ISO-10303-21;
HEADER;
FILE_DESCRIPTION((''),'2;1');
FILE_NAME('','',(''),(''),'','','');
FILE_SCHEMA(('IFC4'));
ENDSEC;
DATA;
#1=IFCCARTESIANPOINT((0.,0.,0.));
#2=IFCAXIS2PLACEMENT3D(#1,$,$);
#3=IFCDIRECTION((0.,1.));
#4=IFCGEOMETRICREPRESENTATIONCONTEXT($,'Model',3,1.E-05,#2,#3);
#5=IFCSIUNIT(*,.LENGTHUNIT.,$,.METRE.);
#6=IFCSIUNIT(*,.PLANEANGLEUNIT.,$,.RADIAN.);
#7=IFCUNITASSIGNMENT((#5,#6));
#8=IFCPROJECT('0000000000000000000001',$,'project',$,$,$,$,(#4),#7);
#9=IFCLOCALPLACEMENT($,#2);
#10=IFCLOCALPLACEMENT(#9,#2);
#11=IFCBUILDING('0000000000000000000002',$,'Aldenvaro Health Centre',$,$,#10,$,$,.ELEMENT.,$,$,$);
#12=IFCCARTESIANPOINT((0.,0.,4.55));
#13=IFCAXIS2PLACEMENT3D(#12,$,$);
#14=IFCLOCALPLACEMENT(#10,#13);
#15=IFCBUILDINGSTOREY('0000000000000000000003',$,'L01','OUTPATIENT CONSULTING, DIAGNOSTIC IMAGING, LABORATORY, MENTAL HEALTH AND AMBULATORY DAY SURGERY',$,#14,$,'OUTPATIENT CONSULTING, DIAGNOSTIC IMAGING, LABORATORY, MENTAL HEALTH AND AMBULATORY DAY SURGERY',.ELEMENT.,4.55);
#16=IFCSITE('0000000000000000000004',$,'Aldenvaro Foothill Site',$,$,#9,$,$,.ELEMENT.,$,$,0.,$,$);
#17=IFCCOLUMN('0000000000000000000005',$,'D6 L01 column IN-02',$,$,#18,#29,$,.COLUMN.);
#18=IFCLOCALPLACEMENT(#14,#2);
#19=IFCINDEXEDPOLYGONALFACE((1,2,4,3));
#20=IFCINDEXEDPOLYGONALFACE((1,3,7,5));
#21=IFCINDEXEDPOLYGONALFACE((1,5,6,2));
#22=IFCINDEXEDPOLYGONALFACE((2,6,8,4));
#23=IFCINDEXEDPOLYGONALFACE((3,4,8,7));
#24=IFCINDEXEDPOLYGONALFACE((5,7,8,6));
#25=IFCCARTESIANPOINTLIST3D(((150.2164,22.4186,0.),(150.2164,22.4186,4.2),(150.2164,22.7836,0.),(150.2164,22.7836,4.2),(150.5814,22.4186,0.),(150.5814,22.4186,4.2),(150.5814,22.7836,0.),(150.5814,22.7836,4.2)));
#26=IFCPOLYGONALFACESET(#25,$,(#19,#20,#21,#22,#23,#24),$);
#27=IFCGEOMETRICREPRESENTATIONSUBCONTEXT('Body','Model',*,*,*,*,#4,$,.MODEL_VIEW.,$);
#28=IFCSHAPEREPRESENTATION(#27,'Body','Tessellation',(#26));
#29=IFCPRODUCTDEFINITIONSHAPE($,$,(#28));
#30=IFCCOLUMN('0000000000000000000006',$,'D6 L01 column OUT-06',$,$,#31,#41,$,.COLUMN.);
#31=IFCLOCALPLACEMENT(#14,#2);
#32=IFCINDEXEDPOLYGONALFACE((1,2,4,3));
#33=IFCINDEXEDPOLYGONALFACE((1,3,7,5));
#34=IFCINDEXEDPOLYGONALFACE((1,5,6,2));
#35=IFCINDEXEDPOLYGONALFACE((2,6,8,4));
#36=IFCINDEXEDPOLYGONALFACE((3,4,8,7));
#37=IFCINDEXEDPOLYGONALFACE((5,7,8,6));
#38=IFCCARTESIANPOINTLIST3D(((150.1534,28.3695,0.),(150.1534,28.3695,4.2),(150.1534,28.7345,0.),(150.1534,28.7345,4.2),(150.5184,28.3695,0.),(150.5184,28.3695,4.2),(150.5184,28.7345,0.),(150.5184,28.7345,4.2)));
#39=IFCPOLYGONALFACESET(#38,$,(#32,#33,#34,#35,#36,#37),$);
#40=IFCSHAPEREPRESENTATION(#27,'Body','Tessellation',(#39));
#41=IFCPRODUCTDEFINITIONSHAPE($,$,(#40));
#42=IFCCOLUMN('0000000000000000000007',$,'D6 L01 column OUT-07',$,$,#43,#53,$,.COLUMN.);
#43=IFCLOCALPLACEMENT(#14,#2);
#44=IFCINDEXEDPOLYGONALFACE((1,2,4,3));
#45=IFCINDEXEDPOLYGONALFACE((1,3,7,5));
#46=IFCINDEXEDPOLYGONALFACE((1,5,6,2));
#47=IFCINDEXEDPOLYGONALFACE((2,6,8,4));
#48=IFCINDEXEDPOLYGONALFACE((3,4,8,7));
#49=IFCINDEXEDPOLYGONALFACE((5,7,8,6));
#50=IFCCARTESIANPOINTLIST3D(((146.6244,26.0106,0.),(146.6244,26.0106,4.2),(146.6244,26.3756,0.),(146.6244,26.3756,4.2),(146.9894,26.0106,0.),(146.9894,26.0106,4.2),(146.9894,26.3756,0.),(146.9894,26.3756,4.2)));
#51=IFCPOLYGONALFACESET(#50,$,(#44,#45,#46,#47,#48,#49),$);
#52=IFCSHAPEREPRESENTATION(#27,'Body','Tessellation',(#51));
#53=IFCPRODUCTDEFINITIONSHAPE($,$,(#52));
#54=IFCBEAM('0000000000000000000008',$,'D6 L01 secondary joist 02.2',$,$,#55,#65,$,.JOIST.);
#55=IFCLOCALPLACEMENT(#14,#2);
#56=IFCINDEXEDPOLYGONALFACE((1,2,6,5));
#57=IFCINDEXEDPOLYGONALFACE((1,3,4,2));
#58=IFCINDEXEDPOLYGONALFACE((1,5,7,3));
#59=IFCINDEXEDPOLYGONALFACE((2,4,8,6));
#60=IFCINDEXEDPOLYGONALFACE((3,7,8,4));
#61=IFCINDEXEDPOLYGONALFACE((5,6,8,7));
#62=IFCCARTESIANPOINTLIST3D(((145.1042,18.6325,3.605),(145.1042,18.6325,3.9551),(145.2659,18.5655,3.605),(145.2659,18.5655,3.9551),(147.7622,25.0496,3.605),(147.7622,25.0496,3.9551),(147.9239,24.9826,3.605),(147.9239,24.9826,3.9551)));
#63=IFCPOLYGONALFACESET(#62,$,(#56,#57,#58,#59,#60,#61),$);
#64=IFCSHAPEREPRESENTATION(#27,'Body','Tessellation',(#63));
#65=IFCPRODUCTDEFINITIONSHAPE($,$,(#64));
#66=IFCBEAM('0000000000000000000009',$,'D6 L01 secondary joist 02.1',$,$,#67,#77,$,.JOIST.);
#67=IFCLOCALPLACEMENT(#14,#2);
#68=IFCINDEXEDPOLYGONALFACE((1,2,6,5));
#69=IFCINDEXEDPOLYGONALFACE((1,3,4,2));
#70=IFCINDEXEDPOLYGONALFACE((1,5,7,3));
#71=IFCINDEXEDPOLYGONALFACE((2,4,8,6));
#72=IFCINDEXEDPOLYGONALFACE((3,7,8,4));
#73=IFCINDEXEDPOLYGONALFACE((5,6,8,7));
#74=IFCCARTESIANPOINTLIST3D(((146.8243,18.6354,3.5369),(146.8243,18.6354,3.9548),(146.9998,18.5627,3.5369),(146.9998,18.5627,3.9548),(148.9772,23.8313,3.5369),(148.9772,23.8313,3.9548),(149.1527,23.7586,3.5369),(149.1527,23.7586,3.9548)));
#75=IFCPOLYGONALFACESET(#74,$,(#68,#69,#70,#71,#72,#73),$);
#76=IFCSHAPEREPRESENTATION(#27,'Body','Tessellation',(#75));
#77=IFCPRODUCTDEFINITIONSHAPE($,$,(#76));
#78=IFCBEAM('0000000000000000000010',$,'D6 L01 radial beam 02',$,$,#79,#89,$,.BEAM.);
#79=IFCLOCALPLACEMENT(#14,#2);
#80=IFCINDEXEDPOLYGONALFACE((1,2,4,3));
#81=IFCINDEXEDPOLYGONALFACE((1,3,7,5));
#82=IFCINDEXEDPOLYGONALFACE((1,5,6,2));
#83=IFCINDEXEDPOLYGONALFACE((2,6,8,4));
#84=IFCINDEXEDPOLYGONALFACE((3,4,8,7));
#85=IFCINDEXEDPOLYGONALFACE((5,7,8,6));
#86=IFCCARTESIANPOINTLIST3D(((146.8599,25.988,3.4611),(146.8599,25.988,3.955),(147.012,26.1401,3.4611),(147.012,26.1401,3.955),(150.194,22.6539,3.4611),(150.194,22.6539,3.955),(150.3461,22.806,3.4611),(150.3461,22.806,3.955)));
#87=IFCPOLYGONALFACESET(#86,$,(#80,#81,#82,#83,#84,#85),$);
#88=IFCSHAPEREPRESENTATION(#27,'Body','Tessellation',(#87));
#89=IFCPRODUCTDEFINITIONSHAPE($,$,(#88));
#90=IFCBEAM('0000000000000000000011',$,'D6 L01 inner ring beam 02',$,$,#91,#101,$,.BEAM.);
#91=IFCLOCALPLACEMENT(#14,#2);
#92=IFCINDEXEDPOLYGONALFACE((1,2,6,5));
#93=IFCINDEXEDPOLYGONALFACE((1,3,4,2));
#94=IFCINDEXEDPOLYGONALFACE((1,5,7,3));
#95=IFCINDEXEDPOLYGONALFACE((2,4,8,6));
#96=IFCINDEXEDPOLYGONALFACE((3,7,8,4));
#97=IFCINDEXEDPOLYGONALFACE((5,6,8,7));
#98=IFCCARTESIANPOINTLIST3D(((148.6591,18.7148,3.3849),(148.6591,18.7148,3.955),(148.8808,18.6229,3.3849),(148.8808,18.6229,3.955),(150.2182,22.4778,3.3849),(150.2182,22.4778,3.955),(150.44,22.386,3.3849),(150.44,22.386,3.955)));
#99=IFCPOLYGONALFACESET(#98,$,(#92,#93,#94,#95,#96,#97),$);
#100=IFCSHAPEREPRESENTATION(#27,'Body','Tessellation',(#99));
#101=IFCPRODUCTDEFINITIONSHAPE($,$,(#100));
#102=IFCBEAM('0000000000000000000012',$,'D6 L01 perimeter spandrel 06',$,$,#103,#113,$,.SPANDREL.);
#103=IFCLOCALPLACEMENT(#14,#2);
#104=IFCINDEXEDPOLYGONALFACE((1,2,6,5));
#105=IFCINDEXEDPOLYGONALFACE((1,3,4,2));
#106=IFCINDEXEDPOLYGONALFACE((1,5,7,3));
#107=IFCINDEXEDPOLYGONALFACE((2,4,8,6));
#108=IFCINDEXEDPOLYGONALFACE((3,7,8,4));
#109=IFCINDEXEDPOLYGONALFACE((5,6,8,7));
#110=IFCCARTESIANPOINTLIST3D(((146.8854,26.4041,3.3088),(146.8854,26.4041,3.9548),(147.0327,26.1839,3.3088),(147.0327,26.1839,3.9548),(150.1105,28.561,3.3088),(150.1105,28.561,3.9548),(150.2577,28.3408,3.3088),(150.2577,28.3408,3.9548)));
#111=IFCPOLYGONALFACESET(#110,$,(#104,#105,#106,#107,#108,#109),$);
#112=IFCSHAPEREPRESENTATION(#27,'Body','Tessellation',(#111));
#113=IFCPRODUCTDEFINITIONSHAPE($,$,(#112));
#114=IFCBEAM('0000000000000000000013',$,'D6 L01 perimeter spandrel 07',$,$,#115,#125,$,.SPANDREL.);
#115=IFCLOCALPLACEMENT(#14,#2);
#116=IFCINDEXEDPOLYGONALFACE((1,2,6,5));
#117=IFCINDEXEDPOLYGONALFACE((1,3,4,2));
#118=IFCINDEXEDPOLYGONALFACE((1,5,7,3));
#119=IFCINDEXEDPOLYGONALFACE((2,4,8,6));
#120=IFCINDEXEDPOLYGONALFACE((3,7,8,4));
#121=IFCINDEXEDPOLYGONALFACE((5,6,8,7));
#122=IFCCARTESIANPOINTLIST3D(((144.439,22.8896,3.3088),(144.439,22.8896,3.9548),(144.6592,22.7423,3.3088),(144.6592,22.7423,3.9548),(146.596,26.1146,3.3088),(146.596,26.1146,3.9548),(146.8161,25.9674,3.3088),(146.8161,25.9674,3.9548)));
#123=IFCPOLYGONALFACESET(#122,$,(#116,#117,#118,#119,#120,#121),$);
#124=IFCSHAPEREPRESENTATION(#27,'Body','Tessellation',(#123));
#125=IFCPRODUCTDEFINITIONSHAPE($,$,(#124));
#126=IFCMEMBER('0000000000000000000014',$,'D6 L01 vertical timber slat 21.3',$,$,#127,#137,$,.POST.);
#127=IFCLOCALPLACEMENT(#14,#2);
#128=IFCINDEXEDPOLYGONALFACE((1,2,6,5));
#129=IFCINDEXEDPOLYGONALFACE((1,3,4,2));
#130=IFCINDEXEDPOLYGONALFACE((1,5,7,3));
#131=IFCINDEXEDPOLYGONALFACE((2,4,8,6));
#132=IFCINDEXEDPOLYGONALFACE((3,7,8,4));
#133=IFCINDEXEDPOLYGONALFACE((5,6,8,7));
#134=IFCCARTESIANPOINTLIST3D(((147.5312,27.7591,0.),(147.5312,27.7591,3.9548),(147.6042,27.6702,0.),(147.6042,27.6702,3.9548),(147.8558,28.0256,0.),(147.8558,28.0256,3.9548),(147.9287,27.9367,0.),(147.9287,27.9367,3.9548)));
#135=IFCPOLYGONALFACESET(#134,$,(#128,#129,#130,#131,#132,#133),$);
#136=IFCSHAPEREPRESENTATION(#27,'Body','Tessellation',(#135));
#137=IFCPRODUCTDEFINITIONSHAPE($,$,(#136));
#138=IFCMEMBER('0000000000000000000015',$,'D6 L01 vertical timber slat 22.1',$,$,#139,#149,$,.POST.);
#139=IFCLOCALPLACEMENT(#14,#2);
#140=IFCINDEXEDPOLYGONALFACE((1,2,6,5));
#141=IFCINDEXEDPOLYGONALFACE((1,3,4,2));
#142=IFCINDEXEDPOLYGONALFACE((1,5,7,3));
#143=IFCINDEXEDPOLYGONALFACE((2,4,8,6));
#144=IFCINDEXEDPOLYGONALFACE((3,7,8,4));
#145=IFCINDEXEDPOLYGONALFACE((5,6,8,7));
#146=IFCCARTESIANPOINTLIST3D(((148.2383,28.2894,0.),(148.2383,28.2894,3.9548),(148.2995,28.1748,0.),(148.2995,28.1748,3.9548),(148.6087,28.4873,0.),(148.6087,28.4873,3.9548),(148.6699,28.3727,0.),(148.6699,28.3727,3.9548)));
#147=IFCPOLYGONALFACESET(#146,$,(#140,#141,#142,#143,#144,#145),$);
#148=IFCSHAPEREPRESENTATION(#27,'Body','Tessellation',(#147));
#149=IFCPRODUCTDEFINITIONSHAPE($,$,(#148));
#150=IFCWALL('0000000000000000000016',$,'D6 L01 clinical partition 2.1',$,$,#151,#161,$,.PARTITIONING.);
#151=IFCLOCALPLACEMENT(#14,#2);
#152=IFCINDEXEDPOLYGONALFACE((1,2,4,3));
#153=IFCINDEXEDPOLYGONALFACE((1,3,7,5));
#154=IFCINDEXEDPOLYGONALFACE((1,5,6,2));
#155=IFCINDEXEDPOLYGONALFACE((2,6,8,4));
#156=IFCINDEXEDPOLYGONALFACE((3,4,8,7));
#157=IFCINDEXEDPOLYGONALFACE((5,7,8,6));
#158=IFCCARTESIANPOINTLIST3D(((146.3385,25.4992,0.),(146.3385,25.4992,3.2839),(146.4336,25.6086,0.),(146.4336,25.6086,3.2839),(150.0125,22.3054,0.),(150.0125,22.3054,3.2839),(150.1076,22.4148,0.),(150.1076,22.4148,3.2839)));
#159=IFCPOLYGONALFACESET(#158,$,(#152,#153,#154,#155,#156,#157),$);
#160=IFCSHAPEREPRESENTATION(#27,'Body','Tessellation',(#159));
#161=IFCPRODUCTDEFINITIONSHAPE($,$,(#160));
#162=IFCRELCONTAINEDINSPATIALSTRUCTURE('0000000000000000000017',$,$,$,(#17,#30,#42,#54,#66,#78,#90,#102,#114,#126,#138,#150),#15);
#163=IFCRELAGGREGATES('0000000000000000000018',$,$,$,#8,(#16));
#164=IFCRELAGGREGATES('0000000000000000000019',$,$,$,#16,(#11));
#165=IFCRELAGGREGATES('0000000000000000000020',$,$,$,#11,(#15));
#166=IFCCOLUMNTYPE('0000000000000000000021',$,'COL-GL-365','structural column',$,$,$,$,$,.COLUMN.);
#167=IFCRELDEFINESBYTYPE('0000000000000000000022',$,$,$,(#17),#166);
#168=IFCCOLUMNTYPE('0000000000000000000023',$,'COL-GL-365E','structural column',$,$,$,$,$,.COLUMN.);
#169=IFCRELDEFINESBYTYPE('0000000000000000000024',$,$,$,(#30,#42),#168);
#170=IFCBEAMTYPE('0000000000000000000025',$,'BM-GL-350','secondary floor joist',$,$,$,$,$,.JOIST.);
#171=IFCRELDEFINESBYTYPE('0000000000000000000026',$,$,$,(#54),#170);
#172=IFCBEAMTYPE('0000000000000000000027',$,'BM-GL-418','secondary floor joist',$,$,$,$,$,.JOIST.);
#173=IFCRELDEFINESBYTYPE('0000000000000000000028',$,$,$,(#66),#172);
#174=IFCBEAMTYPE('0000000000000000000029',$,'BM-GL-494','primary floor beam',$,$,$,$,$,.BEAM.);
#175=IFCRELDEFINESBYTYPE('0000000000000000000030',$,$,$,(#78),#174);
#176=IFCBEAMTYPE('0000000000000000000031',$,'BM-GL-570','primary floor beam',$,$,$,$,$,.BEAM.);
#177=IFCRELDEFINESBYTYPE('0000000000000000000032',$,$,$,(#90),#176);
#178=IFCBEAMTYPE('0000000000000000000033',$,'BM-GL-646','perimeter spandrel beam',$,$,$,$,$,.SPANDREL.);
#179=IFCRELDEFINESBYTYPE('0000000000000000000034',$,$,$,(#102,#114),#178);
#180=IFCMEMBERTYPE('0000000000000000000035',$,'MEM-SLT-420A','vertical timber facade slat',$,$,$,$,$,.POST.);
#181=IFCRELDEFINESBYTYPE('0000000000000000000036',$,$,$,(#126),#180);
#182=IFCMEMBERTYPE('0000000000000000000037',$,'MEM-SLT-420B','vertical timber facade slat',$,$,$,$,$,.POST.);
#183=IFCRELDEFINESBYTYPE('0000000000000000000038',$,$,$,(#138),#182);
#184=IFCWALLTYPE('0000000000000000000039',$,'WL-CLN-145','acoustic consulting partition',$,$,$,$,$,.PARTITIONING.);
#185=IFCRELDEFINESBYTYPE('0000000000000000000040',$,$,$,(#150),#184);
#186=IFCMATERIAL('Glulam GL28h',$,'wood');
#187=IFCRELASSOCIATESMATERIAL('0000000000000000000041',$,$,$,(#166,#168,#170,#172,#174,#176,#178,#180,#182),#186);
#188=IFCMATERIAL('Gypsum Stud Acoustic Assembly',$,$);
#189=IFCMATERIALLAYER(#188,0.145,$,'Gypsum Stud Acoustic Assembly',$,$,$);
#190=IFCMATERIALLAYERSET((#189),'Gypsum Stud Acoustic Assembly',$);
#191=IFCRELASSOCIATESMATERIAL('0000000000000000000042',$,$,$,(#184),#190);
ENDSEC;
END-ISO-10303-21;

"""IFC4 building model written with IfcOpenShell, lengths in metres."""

from ifc_helpers import new_model, si_unit, direction, frame, frame_2d, origin, origin_2d, place, context, subcontext, project, spatial, rectangle, extrude, material, layer, layer_set, material_profile, profile_set, type_object, element, save


model = new_model("IFC4")

# Units and contexts
model_context = context("Model", 3, precision=1e-05, world=origin(), true_north=direction((0.0, 1.0)))
body_context = subcontext(model_context, "Body", "Model", "MODEL_VIEW")
ifc_project = project(units=[si_unit("LENGTHUNIT", "METRE"), si_unit("PLANEANGLEUNIT", "RADIAN")], contexts=[model_context])

# Site, building, storey
site_placement = place(None, origin())
site = spatial("IfcSite", under=ifc_project, at=site_placement, Name="Aldenvaro Foothill Site", CompositionType="ELEMENT", RefElevation=0.0)
building_placement = place(site_placement, origin())
building = spatial("IfcBuilding", under=site, at=building_placement, Name="Aldenvaro Health Centre", CompositionType="ELEMENT")
storey_placement = place(building_placement, frame((0.0, 0.0, 4.55)))
storey = spatial("IfcBuildingStorey", under=building, at=storey_placement, Name="L01", Description="OUTPATIENT CONSULTING, DIAGNOSTIC IMAGING, LABORATORY, MENTAL HEALTH AND AMBULATORY DAY SURGERY", LongName="OUTPATIENT CONSULTING, DIAGNOSTIC IMAGING, LABORATORY, MENTAL HEALTH AND AMBULATORY DAY SURGERY", CompositionType="ELEMENT", Elevation=4.55)

# Columns
ifc_material_1 = material(Name="Glulam GL28h", Category="wood")
ifc_material_profile_1 = material_profile(ifc_material_1, rectangle(XDim=0.365, YDim=0.365, at=origin_2d()), Name="GL 365x365", Category="wood")
ifc_profile_set_1 = profile_set([ifc_material_profile_1], Name="Glulam GL28h")
column_type_1 = type_object("IfcColumnType", Name="COL-GL-365", Description="structural column", PredefinedType="COLUMN", material=ifc_profile_set_1)
column_placement = place(storey_placement, frame((150.3989, 22.6011, 0.0), z_axis=(0.0, 0.0, 1.0), x_axis=(1.0, 0.0, 0.0)))
element("IfcColumn", 1, at=column_placement, inside=storey, type_object=column_type_1, Name="D6 L01 column IN-02", PredefinedType="COLUMN", context=body_context, shape_type="SweptSolid", body=[
    extrude(rectangle(XDim=0.365, YDim=0.365, at=origin_2d()), origin(), (0.0, 0.0, 1.0), 4.2),
])
ifc_material_profile_2 = material_profile(ifc_material_1, rectangle(XDim=0.365, YDim=0.365, at=origin_2d()), Name="GL 365x365", Category="wood")
ifc_profile_set_2 = profile_set([ifc_material_profile_2], Name="Glulam GL28h")
column_type_2 = type_object("IfcColumnType", Name="COL-GL-365E", Description="structural column", PredefinedType="COLUMN", material=ifc_profile_set_2)
for number, where, z_axis, x_axis, name in (
    (2, (150.3359, 28.552, 0.0), (0.0, 0.0, 1.0), (1.0, 0.0, 0.0), "D6 L01 column OUT-06"),
    (3, (146.8069, 26.1931, 0.0), (0.0, 0.0, 1.0), (1.0, 0.0, 0.0), "D6 L01 column OUT-07"),
):
    element("IfcColumn", number, at=place(storey_placement, frame(where, z_axis=z_axis, x_axis=x_axis)), inside=storey, type_object=column_type_2, Name=name, PredefinedType="COLUMN", context=body_context, shape_type="SweptSolid", body=[
        extrude(rectangle(XDim=0.365, YDim=0.365, at=origin_2d()), origin(), (0.0, 0.0, 1.0), 4.2),
    ])

# Beams
ifc_material_profile_3 = material_profile(ifc_material_1, rectangle(XDim=0.175, YDim=0.3501, at=origin_2d()), Name="GL 175x350", Category="wood")
ifc_profile_set_3 = profile_set([ifc_material_profile_3], Name="Glulam GL28h")
beam_type_1 = type_object("IfcBeamType", Name="BM-GL-350", Description="secondary floor joist", PredefinedType="JOIST", material=ifc_profile_set_3)
beam_1_placement = place(storey_placement, frame((147.843, 25.0161, 3.78), z_axis=(-0.382678, -0.923882, 0.0), x_axis=(0.923882, -0.382678, 0.0)))
element("IfcBeam", 4, at=beam_1_placement, inside=storey, type_object=beam_type_1, Name="D6 L01 secondary joist 02.2", PredefinedType="JOIST", context=body_context, shape_type="SweptSolid", body=[
    extrude(rectangle(XDim=0.175, YDim=0.3501, at=origin_2d()), origin(), (0.0, 0.0, 1.0), 6.9458),
])
ifc_material_profile_4 = material_profile(ifc_material_1, rectangle(XDim=0.1899, YDim=0.418, at=origin_2d()), Name="GL 190x418", Category="wood")
ifc_profile_set_4 = profile_set([ifc_material_profile_4], Name="Glulam GL28h")
beam_type_2 = type_object("IfcBeamType", Name="BM-GL-418", Description="secondary floor joist", PredefinedType="JOIST", material=ifc_profile_set_4)
beam_2_placement = place(storey_placement, frame((149.0649, 23.7949, 3.7458), z_axis=(-0.382784, -0.923838, 0.0), x_axis=(0.923838, -0.382784, 0.0)))
element("IfcBeam", 5, at=beam_2_placement, inside=storey, type_object=beam_type_2, Name="D6 L01 secondary joist 02.1", PredefinedType="JOIST", context=body_context, shape_type="SweptSolid", body=[
    extrude(rectangle(XDim=0.1899, YDim=0.418, at=origin_2d()), origin(), (0.0, 0.0, 1.0), 5.6243),
])
ifc_material_profile_5 = material_profile(ifc_material_1, rectangle(XDim=0.2151, YDim=0.4939, at=origin_2d()), Name="GL 215x494", Category="wood")
ifc_profile_set_5 = profile_set([ifc_material_profile_5], Name="Glulam GL28h")
beam_type_3 = type_object("IfcBeamType", Name="BM-GL-494", Description="primary floor beam", PredefinedType="BEAM", material=ifc_profile_set_5)
beam_3_placement = place(storey_placement, frame((150.27, 22.73, 3.708), z_axis=(-0.707107, 0.707107, 0.0), x_axis=(-0.707107, -0.707107, 0.0)))
element("IfcBeam", 6, at=beam_3_placement, inside=storey, type_object=beam_type_3, Name="D6 L01 radial beam 02", PredefinedType="BEAM", context=body_context, shape_type="SweptSolid", body=[
    extrude(rectangle(XDim=0.2151, YDim=0.4939, at=origin_2d()), origin(), (0.0, 0.0, 1.0), 4.7151),
])
ifc_material_profile_6 = material_profile(ifc_material_1, rectangle(XDim=0.24, YDim=0.5701, at=origin_2d()), Name="GL 240x570", Category="wood")
ifc_profile_set_6 = profile_set([ifc_material_profile_6], Name="Glulam GL28h")
beam_type_4 = type_object("IfcBeamType", Name="BM-GL-570", Description="primary floor beam", PredefinedType="BEAM", material=ifc_profile_set_6)
beam_4_placement = place(storey_placement, frame((150.3291, 22.4319, 3.6699), z_axis=(-0.382772, -0.923843, 0.0), x_axis=(0.923843, -0.382772, 0.0)))
element("IfcBeam", 7, at=beam_4_placement, inside=storey, type_object=beam_type_4, Name="D6 L01 inner ring beam 02", PredefinedType="BEAM", context=body_context, shape_type="SweptSolid", body=[
    extrude(rectangle(XDim=0.24, YDim=0.5701, at=origin_2d()), origin(), (0.0, 0.0, 1.0), 4.0732),
])
ifc_material_profile_7 = material_profile(ifc_material_1, rectangle(XDim=0.2649, YDim=0.646, at=origin_2d()), Name="GL 265x646", Category="wood")
ifc_profile_set_7 = profile_set([ifc_material_profile_7], Name="Glulam GL28h")
beam_type_5 = type_object("IfcBeamType", Name="BM-GL-646", Description="perimeter spandrel beam", PredefinedType="SPANDREL", material=ifc_profile_set_7)
for number, where, z_axis, x_axis, name in (
    (8, (150.1841, 28.4509, 3.6318), (-0.831227, -0.555934, 0.0), (0.555934, -0.831227, 0.0), "D6 L01 perimeter spandrel 06"),
    (9, (146.7061, 26.041, 3.6318), (-0.555934, -0.831227, 0.0), (0.831227, -0.555934, 0.0), "D6 L01 perimeter spandrel 07"),
):
    element("IfcBeam", number, at=place(storey_placement, frame(where, z_axis=z_axis, x_axis=x_axis)), inside=storey, type_object=beam_type_5, Name=name, PredefinedType="SPANDREL", context=body_context, shape_type="SweptSolid", body=[
        extrude(rectangle(XDim=0.2649, YDim=0.646, at=origin_2d()), origin(), (0.0, 0.0, 1.0), 3.8799),
    ])

# Members
ifc_material_profile_8 = material_profile(ifc_material_1, rectangle(XDim=0.115, YDim=0.4199, at=origin_2d()), Name="GL 115x420", Category="wood")
ifc_profile_set_8 = profile_set([ifc_material_profile_8], Name="Glulam GL28h")
member_type_1 = type_object("IfcMemberType", Name="MEM-SLT-420A", Description="vertical timber facade slat", PredefinedType="POST", material=ifc_profile_set_8)
member_1_placement = place(storey_placement, frame((147.73, 27.8479, 0.0), z_axis=(0.0, 0.0, 1.0), x_axis=(-0.634577, 0.77286, 0.0)))
element("IfcMember", 10, at=member_1_placement, inside=storey, type_object=member_type_1, Name="D6 L01 vertical timber slat 21.3", PredefinedType="POST", context=body_context, shape_type="SweptSolid", body=[
    extrude(rectangle(XDim=0.115, YDim=0.4199, at=origin_2d()), origin(), (0.0, 0.0, 1.0), 3.9548),
])
ifc_material_profile_9 = material_profile(ifc_material_1, rectangle(XDim=0.1299, YDim=0.4199, at=origin_2d()), Name="GL 130x420", Category="wood")
ifc_profile_set_9 = profile_set([ifc_material_profile_9], Name="Glulam GL28h")
member_type_2 = type_object("IfcMemberType", Name="MEM-SLT-420B", Description="vertical timber facade slat", PredefinedType="POST", material=ifc_profile_set_9)
member_2_placement = place(storey_placement, frame((148.4541, 28.3311, 0.0), z_axis=(0.0, 0.0, 1.0), x_axis=(-0.471215, 0.882018, 0.0)))
element("IfcMember", 11, at=member_2_placement, inside=storey, type_object=member_type_2, Name="D6 L01 vertical timber slat 22.1", PredefinedType="POST", context=body_context, shape_type="SweptSolid", body=[
    extrude(rectangle(XDim=0.1299, YDim=0.4199, at=origin_2d()), origin(), (0.0, 0.0, 1.0), 3.9548),
])

# Wall
ifc_material_2 = material(Name="Gypsum Stud Acoustic Assembly")
ifc_layer_1 = layer(ifc_material_2, 0.145, Name="Gypsum Stud Acoustic Assembly")
ifc_layer_set_1 = layer_set([ifc_layer_1], Name="Gypsum Stud Acoustic Assembly")
wall_type_1 = type_object("IfcWallType", Name="WL-CLN-145", Description="acoustic consulting partition", PredefinedType="PARTITIONING", material=ifc_layer_set_1)
wall_1_placement = place(storey_placement, frame((150.0601, 22.3601, 0.0), z_axis=(0.0, 0.0, 1.0), x_axis=(-0.754707, 0.656062, 0.0)))
element("IfcWall", 12, at=wall_1_placement, inside=storey, type_object=wall_type_1, Name="D6 L01 clinical partition 2.1", PredefinedType="PARTITIONING", context=body_context, shape_type="SweptSolid", body=[
    extrude(rectangle(XDim=4.8682, YDim=0.145, at=frame_2d((2.4341, 0.0))), origin(), (0.0, 0.0, 1.0), 3.2839),
])

save(model, "model.ifc")
